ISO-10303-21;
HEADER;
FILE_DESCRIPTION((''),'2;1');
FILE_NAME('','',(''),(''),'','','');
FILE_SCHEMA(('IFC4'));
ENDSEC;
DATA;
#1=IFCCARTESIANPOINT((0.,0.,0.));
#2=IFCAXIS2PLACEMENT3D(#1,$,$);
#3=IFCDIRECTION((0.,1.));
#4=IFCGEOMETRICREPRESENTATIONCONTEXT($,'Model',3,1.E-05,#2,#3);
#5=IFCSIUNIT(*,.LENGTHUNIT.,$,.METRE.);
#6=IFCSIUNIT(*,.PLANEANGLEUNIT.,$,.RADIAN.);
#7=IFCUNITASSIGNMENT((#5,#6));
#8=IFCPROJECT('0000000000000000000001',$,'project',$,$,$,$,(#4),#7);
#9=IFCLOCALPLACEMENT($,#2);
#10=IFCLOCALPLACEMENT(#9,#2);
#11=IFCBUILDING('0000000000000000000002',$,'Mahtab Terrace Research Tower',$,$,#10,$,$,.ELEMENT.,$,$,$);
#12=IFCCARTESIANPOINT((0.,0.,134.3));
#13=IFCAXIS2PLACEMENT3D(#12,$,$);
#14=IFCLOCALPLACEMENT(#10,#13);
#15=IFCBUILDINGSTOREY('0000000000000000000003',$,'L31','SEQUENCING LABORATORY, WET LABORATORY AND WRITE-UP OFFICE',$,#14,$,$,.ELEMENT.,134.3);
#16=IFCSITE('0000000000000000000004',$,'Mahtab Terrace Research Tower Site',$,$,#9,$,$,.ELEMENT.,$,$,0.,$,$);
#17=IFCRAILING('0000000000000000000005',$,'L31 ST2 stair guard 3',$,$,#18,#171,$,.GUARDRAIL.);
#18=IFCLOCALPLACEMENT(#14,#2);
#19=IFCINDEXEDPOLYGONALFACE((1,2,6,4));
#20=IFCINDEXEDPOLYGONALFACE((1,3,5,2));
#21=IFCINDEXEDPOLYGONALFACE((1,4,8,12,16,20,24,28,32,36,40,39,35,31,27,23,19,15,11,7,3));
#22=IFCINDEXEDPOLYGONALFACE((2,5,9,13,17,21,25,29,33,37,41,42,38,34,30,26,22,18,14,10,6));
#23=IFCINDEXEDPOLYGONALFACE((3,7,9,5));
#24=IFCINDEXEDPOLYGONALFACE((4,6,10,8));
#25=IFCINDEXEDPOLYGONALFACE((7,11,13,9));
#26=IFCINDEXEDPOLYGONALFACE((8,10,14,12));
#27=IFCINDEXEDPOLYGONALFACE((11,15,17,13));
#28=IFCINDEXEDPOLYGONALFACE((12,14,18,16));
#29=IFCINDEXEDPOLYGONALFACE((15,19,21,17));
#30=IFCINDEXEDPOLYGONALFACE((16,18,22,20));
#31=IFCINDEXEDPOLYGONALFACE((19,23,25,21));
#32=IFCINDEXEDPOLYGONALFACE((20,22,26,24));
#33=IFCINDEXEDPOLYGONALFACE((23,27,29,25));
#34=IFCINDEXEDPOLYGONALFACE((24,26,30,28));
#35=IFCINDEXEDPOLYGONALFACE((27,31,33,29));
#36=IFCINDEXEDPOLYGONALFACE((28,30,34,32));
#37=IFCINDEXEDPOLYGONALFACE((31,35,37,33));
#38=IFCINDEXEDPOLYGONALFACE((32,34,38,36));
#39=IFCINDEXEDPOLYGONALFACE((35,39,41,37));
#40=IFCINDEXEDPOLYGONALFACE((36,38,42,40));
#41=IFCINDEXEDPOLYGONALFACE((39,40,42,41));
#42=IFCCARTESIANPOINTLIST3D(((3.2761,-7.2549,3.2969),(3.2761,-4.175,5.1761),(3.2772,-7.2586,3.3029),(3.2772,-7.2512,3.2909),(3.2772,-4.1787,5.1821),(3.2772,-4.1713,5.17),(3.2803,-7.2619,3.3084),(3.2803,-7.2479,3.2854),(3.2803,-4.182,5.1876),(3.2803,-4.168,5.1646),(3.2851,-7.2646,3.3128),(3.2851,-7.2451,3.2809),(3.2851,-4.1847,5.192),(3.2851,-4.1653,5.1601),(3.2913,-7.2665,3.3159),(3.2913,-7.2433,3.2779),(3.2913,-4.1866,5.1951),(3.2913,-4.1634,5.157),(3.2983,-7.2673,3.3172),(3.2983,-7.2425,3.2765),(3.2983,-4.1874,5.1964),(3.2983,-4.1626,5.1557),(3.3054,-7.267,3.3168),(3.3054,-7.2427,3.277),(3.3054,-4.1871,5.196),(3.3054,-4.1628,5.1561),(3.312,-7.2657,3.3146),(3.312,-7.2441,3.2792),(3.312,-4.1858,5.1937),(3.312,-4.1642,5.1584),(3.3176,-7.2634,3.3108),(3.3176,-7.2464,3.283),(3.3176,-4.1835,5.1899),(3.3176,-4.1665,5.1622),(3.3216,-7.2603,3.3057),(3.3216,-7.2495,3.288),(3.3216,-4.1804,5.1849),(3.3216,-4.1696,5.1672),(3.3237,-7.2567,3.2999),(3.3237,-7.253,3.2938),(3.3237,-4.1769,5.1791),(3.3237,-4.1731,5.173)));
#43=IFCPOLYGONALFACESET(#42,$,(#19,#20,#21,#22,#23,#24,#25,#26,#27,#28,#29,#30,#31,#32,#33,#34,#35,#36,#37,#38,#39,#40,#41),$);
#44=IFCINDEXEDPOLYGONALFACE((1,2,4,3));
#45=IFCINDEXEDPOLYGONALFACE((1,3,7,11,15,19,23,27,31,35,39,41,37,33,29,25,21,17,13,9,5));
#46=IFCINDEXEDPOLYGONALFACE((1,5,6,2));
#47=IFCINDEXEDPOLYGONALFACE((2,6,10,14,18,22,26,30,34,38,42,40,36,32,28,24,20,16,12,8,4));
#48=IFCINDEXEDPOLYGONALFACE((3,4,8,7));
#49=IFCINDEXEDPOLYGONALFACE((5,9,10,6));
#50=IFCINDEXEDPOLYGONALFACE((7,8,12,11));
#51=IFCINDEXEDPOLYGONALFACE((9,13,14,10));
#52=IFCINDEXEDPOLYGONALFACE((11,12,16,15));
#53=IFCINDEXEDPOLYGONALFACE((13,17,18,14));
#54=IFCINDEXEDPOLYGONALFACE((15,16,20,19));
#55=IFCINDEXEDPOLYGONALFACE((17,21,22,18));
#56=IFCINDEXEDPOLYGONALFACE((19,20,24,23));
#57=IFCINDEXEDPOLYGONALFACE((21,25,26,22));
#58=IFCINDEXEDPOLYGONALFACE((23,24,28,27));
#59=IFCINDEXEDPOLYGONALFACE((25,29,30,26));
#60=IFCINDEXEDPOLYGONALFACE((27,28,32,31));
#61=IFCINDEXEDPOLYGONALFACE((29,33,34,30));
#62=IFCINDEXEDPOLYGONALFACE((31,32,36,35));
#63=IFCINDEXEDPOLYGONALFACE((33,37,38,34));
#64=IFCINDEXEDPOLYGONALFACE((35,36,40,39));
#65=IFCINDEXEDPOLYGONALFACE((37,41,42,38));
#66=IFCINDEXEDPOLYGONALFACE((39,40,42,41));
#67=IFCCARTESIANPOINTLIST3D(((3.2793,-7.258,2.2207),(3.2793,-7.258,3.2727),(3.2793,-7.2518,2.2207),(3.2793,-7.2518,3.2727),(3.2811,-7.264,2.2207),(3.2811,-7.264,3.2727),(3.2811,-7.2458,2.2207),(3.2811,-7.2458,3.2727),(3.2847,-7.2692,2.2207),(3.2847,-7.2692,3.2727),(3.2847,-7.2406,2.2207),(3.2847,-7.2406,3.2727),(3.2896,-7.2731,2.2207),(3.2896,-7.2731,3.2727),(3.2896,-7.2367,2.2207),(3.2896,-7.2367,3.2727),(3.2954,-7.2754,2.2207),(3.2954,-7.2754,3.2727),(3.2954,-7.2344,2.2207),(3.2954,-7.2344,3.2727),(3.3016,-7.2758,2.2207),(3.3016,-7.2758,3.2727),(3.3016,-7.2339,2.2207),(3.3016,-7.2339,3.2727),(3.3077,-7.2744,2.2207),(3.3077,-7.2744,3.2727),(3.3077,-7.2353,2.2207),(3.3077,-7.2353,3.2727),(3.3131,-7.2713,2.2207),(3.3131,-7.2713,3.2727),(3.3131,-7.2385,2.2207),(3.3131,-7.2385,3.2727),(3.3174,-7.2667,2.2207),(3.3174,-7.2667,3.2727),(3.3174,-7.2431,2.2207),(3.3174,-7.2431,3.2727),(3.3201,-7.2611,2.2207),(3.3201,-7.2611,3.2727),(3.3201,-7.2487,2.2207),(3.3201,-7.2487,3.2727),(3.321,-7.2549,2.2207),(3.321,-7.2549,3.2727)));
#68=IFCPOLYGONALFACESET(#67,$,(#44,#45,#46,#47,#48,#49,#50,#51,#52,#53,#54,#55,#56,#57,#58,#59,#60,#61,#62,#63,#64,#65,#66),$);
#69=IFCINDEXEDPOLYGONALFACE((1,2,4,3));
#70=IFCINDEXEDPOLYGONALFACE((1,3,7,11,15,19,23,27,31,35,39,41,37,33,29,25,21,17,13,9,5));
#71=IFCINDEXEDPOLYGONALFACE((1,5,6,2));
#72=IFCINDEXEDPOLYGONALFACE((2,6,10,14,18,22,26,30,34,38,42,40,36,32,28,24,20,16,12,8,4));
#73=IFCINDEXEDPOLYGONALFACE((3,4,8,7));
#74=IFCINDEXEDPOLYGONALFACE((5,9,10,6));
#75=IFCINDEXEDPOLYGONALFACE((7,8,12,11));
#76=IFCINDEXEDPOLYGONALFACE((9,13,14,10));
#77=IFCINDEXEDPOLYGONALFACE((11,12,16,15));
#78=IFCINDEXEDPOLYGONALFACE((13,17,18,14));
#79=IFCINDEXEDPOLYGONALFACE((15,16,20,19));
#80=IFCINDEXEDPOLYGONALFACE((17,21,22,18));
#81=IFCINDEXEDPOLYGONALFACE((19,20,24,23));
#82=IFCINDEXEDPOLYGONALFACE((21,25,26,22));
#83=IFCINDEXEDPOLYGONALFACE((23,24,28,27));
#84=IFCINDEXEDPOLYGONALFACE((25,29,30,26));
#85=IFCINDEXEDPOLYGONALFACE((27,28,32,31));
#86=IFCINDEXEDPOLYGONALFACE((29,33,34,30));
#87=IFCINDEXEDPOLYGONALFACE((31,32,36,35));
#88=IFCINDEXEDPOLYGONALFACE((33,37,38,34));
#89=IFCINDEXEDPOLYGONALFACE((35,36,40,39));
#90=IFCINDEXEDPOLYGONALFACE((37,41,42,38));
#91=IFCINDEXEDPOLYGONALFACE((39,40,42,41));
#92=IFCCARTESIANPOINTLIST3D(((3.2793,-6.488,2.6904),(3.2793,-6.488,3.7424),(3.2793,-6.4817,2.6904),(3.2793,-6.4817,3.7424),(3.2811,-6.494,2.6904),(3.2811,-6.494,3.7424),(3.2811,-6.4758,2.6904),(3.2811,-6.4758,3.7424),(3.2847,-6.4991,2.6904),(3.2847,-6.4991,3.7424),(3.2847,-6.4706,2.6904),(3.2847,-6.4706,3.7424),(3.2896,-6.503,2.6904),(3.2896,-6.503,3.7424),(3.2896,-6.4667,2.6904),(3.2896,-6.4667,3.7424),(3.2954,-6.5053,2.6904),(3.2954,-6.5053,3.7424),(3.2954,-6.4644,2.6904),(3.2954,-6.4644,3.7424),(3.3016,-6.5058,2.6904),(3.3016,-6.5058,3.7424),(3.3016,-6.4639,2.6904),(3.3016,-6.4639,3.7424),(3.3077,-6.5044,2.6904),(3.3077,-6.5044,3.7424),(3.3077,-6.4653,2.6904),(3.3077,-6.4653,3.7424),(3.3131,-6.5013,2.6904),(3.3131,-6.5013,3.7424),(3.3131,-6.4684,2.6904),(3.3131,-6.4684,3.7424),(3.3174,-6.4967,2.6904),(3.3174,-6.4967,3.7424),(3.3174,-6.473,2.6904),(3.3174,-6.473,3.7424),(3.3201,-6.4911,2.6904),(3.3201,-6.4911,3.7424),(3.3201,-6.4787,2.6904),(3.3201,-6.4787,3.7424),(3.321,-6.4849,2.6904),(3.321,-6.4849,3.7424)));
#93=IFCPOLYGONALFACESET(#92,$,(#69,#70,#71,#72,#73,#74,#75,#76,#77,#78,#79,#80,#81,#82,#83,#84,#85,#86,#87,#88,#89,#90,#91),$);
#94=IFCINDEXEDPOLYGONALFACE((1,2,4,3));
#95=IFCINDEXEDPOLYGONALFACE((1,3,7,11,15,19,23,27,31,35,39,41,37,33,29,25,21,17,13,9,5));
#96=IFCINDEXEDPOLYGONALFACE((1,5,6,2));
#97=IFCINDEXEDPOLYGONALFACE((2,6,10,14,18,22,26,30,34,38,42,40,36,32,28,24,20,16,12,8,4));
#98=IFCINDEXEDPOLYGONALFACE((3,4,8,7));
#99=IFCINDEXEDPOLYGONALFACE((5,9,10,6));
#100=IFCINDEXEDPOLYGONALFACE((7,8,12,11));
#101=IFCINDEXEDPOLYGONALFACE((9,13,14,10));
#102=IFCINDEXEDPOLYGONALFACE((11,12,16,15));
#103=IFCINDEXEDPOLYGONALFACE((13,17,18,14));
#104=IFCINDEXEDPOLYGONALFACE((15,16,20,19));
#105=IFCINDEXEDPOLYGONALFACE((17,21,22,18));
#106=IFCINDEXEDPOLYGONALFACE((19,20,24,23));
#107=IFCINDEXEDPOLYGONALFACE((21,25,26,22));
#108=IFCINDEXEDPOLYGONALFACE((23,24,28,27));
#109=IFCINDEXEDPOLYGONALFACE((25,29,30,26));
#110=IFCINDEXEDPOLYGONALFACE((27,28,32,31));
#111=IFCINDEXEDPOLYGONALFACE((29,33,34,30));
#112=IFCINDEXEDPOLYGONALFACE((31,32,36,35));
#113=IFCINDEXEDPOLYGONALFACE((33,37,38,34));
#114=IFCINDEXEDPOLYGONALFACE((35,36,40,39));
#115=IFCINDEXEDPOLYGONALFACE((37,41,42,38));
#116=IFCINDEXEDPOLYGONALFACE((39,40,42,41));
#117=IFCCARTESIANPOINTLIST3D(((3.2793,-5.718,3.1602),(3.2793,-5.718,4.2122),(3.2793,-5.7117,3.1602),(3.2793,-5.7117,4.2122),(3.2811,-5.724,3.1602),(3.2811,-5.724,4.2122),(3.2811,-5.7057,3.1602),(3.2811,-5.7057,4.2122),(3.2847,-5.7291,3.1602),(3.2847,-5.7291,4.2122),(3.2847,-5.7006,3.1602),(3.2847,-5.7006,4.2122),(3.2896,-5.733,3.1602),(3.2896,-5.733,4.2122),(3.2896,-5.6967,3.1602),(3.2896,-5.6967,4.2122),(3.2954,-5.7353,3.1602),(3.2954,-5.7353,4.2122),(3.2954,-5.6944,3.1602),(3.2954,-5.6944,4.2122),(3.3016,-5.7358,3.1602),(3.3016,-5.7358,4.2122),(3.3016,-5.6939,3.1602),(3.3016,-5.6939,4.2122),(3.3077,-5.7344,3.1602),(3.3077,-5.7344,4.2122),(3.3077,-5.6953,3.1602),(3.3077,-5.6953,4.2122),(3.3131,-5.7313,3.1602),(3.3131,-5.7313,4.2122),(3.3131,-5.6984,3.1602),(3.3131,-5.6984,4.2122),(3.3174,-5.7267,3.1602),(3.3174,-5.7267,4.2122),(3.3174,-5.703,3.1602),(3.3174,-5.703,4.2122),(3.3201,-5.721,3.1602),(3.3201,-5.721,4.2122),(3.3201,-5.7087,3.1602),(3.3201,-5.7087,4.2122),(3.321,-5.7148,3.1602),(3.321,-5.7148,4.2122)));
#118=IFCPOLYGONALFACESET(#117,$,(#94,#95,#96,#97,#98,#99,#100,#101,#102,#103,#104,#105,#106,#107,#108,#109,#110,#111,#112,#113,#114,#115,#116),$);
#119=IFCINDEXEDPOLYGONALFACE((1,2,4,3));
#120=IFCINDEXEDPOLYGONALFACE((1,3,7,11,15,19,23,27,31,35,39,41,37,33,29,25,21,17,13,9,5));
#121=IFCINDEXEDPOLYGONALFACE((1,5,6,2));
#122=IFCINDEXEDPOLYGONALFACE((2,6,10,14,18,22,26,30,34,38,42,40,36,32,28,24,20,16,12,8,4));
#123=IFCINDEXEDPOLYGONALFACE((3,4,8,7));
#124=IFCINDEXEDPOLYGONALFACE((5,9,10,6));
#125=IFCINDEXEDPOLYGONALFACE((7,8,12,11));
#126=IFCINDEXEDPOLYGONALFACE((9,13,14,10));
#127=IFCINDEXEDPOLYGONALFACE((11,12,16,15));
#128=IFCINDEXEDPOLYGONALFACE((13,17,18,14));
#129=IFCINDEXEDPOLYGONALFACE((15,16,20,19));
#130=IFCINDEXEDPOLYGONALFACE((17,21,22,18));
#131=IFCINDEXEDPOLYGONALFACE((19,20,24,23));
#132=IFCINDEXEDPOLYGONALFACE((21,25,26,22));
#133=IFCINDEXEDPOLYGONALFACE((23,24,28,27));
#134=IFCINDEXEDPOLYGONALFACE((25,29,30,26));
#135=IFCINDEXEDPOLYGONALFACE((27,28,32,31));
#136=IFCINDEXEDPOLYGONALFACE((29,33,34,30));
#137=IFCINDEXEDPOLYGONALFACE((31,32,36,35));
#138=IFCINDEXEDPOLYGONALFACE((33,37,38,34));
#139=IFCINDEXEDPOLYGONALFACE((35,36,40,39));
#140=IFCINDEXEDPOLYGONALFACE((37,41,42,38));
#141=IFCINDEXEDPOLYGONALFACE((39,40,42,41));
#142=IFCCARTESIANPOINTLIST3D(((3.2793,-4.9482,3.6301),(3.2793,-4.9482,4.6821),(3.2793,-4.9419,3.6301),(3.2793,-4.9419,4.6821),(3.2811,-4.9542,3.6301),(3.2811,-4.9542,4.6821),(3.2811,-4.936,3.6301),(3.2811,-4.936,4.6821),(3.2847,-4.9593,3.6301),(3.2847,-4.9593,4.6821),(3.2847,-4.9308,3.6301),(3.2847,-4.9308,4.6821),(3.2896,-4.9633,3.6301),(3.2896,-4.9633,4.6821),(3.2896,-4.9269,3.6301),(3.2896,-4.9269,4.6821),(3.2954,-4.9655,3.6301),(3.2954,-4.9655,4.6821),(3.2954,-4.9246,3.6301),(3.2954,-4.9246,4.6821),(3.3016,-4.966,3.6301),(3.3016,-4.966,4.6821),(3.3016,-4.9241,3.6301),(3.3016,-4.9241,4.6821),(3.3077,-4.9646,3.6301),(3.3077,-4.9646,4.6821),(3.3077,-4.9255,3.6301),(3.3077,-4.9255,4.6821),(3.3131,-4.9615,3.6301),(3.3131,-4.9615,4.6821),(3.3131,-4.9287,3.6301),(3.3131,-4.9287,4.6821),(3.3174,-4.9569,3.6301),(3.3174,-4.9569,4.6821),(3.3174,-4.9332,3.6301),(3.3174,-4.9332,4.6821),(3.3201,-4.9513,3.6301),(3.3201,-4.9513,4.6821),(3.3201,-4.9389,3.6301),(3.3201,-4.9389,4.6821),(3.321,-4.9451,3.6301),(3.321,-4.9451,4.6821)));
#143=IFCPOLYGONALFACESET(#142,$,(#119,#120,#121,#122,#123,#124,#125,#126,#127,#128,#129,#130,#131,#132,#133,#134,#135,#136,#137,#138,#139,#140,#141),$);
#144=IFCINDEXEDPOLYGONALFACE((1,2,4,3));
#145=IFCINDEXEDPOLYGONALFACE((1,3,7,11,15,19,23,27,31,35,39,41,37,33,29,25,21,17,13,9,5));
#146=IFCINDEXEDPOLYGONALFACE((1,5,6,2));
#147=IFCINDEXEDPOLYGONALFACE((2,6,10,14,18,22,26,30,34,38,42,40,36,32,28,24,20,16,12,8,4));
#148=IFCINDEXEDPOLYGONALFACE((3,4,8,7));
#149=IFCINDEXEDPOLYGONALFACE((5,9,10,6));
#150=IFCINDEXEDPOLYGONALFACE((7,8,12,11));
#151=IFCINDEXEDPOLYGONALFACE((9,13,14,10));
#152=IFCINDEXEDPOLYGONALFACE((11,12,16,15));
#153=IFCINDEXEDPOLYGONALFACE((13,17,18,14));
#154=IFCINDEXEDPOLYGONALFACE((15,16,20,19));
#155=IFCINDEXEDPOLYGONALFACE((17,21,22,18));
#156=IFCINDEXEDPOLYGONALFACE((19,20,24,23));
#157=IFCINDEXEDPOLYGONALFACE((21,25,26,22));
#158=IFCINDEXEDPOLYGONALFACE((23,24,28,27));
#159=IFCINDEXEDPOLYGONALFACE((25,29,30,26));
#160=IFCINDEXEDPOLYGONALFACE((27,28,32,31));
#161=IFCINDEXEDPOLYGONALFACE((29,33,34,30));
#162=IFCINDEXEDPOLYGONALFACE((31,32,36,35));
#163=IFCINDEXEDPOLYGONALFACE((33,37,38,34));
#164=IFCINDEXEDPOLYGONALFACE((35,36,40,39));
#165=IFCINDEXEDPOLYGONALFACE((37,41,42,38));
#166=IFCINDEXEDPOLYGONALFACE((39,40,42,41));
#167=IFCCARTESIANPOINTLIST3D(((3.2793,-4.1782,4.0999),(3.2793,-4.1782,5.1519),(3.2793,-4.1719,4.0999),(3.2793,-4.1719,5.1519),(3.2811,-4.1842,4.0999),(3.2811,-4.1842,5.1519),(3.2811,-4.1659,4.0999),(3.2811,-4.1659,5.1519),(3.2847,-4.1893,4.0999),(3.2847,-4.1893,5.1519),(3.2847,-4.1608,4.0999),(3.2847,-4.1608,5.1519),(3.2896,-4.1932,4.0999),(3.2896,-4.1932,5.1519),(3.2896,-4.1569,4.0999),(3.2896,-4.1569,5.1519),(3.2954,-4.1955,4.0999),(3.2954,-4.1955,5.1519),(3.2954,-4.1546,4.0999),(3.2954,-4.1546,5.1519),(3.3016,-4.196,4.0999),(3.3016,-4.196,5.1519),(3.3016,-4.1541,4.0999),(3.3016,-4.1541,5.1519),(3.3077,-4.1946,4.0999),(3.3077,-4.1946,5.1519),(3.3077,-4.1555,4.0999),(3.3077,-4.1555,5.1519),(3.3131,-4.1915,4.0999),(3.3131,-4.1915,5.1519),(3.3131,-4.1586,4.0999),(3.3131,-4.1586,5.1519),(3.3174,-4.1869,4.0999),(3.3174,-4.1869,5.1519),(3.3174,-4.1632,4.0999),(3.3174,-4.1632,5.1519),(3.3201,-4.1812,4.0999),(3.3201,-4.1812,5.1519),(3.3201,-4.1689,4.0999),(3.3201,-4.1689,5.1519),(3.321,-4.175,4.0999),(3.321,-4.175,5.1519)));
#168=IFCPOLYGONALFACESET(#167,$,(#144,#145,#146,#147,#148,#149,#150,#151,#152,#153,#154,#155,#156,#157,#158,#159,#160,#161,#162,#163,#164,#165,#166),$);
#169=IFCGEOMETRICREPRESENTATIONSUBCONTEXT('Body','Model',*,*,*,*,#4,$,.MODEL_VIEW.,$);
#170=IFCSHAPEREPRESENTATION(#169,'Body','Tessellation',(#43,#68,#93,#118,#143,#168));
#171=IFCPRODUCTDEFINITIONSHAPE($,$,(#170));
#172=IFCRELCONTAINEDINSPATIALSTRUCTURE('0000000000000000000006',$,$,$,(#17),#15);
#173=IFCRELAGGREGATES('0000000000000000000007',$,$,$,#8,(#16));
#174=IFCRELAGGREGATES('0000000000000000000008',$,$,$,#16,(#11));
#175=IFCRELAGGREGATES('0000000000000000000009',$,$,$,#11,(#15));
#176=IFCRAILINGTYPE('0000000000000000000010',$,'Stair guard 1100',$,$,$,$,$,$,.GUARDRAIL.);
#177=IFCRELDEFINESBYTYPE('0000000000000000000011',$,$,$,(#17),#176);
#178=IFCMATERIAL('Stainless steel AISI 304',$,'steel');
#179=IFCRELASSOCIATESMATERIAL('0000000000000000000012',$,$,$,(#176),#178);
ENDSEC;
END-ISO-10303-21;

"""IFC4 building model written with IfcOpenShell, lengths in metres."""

from ifc_helpers import new_model, si_unit, direction, frame, origin, origin_2d, place, context, subcontext, project, spatial, circle, extrude, material, type_object, element, save


model = new_model("IFC4")

# Units and contexts
model_context = context("Model", 3, precision=1e-05, world=origin(), true_north=direction((0.0, 1.0)))
body_context = subcontext(model_context, "Body", "Model", "MODEL_VIEW")
ifc_project = project(units=[si_unit("LENGTHUNIT", "METRE"), si_unit("PLANEANGLEUNIT", "RADIAN")], contexts=[model_context])

# Site, building, storey
site_placement = place(None, origin())
site = spatial("IfcSite", under=ifc_project, at=site_placement, Name="Mahtab Terrace Research Tower Site", CompositionType="ELEMENT", RefElevation=0.0)
building_placement = place(site_placement, origin())
building = spatial("IfcBuilding", under=site, at=building_placement, Name="Mahtab Terrace Research Tower", CompositionType="ELEMENT")
storey_placement = place(building_placement, frame((0.0, 0.0, 134.3)))
storey = spatial("IfcBuildingStorey", under=building, at=storey_placement, Name="L31", Description="SEQUENCING LABORATORY, WET LABORATORY AND WRITE-UP OFFICE", CompositionType="ELEMENT", Elevation=134.3)

# Railing
ifc_material_1 = material(Name="Stainless steel AISI 304", Category="steel")
railing_type_1 = type_object("IfcRailingType", Name="Stair guard 1100", PredefinedType="GUARDRAIL", material=ifc_material_1)
railing_1_placement = place(storey_placement, frame((3.3, -7.2549, 2.2207)))
element("IfcRailing", 1, at=railing_1_placement, inside=storey, type_object=railing_type_1, Name="L31 ST2 stair guard 3", PredefinedType="GUARDRAIL", context=body_context, shape_type="SweptSolid", body=[
    extrude(circle(Radius=0.0239, at=origin_2d()), frame((0.0, 0.0, 1.0762), z_axis=(0.0, 0.853648, 0.52085), x_axis=(-1.0, 0.0, 0.0)), (0.0, 0.0, 1.0), 3.6079),
    extrude(circle(Radius=0.021, at=origin_2d()), origin(), (0.0, 0.0, 1.0), 1.052),
    extrude(circle(Radius=0.021, at=origin_2d()), frame((0.0, 0.77, 0.4697)), (0.0, 0.0, 1.0), 1.052),
    extrude(circle(Radius=0.021, at=origin_2d()), frame((0.0, 1.54, 0.9395)), (0.0, 0.0, 1.0), 1.052),
    extrude(circle(Radius=0.021, at=origin_2d()), frame((0.0, 2.3098, 1.4094)), (0.0, 0.0, 1.0), 1.052),
    extrude(circle(Radius=0.021, at=origin_2d()), frame((0.0, 3.0798, 1.8792)), (0.0, 0.0, 1.0), 1.052),
])

save(model, "model.ifc")
